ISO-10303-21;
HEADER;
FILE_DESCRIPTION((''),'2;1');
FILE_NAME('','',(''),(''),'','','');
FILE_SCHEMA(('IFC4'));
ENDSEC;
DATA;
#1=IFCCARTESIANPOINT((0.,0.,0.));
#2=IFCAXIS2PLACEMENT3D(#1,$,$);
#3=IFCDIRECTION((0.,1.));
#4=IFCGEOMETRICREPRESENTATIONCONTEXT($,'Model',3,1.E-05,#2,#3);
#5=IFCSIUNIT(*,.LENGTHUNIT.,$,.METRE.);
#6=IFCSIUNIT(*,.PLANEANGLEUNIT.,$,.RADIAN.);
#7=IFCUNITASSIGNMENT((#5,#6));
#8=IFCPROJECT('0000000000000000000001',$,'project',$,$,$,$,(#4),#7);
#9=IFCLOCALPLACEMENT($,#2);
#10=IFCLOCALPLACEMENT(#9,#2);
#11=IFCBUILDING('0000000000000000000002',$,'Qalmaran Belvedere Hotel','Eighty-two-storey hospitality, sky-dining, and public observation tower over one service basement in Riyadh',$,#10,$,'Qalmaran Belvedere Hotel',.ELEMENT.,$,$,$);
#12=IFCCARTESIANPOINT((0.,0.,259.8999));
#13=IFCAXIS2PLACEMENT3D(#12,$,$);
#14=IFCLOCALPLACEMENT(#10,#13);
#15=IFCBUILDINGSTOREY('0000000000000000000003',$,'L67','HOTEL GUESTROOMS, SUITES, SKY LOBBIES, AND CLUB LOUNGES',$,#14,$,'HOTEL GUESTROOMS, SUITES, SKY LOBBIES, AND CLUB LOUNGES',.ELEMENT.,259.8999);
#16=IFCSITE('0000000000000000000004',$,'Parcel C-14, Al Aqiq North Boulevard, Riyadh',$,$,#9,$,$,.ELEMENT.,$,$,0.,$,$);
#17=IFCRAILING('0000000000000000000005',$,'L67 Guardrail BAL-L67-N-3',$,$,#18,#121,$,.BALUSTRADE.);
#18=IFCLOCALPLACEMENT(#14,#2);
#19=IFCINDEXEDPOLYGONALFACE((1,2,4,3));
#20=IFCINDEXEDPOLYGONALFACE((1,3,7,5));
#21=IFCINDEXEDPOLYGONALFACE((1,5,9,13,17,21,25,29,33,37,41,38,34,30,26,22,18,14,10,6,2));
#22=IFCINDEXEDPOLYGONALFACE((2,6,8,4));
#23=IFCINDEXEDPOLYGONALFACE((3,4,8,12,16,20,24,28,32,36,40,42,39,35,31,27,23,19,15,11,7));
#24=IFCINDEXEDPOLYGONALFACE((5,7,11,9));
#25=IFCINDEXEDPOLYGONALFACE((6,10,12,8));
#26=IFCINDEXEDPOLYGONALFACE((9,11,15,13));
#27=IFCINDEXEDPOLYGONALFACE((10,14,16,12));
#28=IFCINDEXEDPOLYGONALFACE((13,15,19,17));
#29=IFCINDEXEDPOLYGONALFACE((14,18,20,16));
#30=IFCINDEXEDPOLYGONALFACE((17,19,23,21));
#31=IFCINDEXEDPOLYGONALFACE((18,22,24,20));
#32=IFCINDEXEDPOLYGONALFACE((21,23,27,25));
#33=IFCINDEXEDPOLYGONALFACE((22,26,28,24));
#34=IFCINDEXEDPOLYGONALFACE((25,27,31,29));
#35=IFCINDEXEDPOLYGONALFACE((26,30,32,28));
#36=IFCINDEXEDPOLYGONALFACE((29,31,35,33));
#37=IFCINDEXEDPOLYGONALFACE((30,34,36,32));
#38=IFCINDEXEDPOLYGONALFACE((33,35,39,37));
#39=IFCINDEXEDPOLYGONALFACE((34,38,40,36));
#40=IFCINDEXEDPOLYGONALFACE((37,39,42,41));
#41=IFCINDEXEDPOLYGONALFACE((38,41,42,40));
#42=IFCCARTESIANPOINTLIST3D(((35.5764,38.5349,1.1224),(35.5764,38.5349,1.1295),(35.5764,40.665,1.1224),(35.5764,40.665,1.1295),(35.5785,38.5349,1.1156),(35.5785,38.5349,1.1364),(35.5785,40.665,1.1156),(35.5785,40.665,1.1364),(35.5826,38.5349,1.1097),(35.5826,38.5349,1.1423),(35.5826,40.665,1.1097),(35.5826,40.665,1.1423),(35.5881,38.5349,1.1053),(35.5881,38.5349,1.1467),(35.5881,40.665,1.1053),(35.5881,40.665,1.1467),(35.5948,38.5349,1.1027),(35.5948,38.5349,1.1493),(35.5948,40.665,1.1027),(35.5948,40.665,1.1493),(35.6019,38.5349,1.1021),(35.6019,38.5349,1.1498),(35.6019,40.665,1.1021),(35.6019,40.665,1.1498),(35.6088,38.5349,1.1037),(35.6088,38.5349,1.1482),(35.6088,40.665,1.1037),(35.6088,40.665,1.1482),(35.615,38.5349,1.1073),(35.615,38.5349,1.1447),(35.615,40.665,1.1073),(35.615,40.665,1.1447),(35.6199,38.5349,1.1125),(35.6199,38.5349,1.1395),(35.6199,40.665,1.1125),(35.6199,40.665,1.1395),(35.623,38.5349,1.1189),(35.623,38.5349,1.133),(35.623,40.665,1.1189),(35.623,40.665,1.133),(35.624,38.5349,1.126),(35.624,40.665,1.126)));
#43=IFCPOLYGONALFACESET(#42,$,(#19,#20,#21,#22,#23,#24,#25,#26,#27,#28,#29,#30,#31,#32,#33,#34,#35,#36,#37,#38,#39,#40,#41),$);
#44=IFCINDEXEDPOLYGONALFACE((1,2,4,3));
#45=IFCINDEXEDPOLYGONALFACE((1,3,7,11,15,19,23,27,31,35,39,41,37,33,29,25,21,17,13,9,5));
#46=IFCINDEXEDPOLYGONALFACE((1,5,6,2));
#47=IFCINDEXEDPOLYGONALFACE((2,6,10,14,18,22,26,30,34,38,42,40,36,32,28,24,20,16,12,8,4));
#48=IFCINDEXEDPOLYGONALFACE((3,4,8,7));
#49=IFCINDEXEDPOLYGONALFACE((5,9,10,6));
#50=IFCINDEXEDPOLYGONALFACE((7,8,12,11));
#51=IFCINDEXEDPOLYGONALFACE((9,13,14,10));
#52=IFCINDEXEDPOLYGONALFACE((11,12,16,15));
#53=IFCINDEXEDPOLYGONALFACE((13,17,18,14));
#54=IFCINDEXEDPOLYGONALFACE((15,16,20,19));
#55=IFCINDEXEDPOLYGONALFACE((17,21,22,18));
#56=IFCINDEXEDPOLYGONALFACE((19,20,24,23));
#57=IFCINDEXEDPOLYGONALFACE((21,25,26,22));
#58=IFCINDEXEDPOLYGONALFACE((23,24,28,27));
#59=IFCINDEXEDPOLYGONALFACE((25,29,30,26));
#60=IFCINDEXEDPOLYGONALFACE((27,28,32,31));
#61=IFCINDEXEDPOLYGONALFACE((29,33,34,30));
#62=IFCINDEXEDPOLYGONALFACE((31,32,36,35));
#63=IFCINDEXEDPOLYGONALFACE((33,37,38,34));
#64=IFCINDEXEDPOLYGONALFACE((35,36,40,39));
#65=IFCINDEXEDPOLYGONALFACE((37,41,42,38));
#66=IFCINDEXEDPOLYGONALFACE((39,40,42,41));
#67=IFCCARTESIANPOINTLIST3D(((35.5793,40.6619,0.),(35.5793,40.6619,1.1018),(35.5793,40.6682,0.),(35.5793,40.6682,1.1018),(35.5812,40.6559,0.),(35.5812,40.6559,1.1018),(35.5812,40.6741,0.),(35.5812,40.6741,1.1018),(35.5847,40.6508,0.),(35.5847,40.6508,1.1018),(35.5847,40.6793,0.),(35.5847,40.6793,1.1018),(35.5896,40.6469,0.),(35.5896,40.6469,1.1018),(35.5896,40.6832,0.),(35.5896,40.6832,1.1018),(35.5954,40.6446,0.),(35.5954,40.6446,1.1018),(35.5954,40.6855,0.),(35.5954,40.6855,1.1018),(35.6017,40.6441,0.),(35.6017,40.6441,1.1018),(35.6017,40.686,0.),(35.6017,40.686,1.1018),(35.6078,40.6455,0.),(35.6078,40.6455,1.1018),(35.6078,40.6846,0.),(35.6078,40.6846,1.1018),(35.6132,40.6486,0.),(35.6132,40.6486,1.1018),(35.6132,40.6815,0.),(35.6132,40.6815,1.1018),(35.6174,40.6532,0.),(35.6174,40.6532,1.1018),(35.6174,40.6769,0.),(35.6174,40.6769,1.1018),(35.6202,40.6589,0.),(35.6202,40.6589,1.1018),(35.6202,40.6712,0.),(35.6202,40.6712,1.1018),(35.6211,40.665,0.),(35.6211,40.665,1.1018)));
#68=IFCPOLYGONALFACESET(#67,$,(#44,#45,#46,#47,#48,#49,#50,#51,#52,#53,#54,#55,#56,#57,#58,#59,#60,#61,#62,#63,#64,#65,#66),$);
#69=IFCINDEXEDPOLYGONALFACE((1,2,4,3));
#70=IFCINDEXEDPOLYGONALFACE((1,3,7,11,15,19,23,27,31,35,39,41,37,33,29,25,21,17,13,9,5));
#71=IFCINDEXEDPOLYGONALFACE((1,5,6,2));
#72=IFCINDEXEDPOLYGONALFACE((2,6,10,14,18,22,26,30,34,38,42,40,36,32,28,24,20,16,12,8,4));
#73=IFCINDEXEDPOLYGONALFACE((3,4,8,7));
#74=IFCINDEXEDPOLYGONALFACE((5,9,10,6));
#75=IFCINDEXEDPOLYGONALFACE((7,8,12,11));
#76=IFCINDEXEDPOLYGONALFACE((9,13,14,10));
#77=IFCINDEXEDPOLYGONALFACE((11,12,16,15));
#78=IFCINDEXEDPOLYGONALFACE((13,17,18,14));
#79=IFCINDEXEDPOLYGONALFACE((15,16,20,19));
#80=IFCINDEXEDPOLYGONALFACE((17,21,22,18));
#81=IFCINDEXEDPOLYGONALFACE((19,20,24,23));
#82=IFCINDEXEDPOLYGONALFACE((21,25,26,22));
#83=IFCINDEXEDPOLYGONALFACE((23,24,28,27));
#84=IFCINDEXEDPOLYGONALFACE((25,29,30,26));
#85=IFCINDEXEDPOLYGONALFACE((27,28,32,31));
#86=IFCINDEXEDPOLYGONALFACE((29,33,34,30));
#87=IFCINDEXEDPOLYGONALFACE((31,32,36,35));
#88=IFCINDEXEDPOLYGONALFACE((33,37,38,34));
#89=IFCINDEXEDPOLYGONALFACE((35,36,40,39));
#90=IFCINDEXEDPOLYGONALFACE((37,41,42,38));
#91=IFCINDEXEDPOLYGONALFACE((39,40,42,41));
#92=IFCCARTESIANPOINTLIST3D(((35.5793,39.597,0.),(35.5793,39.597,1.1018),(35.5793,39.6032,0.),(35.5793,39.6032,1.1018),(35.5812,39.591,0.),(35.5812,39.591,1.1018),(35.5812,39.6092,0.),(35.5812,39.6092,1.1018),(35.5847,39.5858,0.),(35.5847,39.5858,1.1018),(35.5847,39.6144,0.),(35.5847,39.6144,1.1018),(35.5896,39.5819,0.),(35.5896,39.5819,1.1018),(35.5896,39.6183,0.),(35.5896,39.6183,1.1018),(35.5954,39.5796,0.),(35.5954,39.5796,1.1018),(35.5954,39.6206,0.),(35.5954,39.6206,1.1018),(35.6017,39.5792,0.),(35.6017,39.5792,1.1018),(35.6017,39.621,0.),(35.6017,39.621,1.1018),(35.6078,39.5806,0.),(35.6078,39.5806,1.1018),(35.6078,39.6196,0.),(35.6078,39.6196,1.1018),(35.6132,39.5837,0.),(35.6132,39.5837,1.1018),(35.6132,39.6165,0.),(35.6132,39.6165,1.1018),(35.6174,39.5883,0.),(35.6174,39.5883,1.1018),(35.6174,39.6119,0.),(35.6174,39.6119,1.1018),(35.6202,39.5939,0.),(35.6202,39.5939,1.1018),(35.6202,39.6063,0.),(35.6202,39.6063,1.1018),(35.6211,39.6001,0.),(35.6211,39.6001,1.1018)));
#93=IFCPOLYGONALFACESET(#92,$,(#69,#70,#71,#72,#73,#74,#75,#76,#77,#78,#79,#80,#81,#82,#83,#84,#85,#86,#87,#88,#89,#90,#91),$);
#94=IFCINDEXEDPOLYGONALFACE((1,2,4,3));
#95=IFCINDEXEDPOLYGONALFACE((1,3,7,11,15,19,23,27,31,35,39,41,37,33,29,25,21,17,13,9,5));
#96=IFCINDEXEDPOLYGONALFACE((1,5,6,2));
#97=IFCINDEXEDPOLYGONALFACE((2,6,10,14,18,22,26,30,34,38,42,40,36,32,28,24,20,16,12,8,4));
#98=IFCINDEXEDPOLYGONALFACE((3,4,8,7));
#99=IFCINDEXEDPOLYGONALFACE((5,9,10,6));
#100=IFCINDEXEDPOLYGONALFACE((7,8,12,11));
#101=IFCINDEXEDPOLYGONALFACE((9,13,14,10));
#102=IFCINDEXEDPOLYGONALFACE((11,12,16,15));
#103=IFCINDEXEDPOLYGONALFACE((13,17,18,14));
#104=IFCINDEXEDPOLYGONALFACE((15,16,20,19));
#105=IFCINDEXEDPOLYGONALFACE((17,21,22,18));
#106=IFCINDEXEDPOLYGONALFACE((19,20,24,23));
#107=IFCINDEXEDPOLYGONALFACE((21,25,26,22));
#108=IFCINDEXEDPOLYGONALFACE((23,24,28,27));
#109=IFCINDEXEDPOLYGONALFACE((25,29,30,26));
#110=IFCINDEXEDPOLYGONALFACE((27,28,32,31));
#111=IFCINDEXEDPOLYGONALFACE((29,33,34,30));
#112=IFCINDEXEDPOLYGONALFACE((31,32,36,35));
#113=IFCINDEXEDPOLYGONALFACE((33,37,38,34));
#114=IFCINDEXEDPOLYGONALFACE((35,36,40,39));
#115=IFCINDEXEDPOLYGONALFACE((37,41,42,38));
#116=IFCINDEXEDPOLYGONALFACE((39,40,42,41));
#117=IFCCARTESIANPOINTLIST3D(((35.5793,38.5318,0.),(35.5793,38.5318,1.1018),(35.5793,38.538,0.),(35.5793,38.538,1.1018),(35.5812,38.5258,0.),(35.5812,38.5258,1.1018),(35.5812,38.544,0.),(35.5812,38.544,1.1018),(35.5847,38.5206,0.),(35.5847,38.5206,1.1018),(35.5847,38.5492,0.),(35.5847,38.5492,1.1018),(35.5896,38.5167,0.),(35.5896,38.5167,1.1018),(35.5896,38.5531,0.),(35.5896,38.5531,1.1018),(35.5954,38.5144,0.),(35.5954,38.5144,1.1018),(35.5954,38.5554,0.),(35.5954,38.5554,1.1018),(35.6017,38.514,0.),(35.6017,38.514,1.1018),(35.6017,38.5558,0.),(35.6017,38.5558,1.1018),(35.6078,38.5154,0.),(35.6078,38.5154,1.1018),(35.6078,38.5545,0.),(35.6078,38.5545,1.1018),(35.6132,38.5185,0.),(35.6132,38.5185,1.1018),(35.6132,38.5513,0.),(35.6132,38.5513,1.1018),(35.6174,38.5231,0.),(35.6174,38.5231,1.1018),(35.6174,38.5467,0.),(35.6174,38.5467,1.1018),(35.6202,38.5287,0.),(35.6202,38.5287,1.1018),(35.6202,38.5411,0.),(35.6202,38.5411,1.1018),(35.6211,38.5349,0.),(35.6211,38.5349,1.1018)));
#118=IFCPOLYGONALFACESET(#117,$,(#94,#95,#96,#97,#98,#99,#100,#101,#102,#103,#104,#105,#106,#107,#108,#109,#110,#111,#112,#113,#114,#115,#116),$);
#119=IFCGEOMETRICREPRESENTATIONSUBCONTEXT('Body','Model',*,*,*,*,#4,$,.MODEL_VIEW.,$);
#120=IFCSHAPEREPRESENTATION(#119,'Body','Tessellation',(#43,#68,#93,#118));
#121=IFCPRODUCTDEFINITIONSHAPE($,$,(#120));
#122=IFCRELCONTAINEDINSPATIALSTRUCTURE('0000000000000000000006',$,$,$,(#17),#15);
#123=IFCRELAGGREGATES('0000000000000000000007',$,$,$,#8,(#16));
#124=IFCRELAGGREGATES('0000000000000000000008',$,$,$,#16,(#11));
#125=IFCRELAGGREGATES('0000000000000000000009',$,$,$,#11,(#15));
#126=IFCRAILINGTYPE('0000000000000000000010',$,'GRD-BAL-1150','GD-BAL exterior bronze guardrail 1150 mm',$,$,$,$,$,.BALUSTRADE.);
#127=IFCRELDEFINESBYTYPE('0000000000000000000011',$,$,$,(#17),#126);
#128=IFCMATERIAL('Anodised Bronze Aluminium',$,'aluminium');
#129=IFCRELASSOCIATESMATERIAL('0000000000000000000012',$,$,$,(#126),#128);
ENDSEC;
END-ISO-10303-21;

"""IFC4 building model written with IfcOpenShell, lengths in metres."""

from ifc_helpers import new_model, si_unit, direction, frame, origin, origin_2d, place, context, subcontext, project, spatial, circle, extrude, material, type_object, element, save


model = new_model("IFC4")

# Units and contexts
model_context = context("Model", 3, precision=1e-05, world=origin(), true_north=direction((0.0, 1.0)))
body_context = subcontext(model_context, "Body", "Model", "MODEL_VIEW")
ifc_project = project(units=[si_unit("LENGTHUNIT", "METRE"), si_unit("PLANEANGLEUNIT", "RADIAN")], contexts=[model_context])

# Site, building, storey
site_placement = place(None, origin())
site = spatial("IfcSite", under=ifc_project, at=site_placement, Name="Parcel C-14, Al Aqiq North Boulevard, Riyadh", CompositionType="ELEMENT", RefElevation=0.0)
building_placement = place(site_placement, origin())
building = spatial("IfcBuilding", under=site, at=building_placement, Name="Qalmaran Belvedere Hotel", Description="Eighty-two-storey hospitality, sky-dining, and public observation tower over one service basement in Riyadh", LongName="Qalmaran Belvedere Hotel", CompositionType="ELEMENT")
storey_placement = place(building_placement, frame((0.0, 0.0, 259.8999)))
storey = spatial("IfcBuildingStorey", under=building, at=storey_placement, Name="L67", Description="HOTEL GUESTROOMS, SUITES, SKY LOBBIES, AND CLUB LOUNGES", LongName="HOTEL GUESTROOMS, SUITES, SKY LOBBIES, AND CLUB LOUNGES", CompositionType="ELEMENT", Elevation=259.8999)

# Shared definitions
ifc_material_1 = material(Name="Anodised Bronze Aluminium", Category="aluminium")

# Railing
railing_type = type_object("IfcRailingType", Name="GRD-BAL-1150", Description="GD-BAL exterior bronze guardrail 1150 mm", PredefinedType="BALUSTRADE", material=ifc_material_1)
railing_1_placement = place(storey_placement, frame((35.6001, 40.665, 0.0)))
element("IfcRailing", 1, at=railing_1_placement, inside=storey, type_object=railing_type, Name="L67 Guardrail BAL-L67-N-3", PredefinedType="BALUSTRADE", context=body_context, shape_type="SweptSolid", body=[
    extrude(circle(Radius=0.0239, at=origin_2d()), frame((0.0, 0.0, 1.126), z_axis=(0.0, -1.0, 0.0), x_axis=(1.0, 0.0, 0.0)), (0.0, 0.0, 1.0), 2.1301),
    extrude(circle(Radius=0.021, at=origin_2d()), origin(), (0.0, 0.0, 1.0), 1.1018),
    extrude(circle(Radius=0.021, at=origin_2d()), frame((0.0, -1.0649, 0.0)), (0.0, 0.0, 1.0), 1.1018),
    extrude(circle(Radius=0.021, at=origin_2d()), frame((0.0, -2.1301, 0.0)), (0.0, 0.0, 1.0), 1.1018),
])

save(model, "model.ifc")
